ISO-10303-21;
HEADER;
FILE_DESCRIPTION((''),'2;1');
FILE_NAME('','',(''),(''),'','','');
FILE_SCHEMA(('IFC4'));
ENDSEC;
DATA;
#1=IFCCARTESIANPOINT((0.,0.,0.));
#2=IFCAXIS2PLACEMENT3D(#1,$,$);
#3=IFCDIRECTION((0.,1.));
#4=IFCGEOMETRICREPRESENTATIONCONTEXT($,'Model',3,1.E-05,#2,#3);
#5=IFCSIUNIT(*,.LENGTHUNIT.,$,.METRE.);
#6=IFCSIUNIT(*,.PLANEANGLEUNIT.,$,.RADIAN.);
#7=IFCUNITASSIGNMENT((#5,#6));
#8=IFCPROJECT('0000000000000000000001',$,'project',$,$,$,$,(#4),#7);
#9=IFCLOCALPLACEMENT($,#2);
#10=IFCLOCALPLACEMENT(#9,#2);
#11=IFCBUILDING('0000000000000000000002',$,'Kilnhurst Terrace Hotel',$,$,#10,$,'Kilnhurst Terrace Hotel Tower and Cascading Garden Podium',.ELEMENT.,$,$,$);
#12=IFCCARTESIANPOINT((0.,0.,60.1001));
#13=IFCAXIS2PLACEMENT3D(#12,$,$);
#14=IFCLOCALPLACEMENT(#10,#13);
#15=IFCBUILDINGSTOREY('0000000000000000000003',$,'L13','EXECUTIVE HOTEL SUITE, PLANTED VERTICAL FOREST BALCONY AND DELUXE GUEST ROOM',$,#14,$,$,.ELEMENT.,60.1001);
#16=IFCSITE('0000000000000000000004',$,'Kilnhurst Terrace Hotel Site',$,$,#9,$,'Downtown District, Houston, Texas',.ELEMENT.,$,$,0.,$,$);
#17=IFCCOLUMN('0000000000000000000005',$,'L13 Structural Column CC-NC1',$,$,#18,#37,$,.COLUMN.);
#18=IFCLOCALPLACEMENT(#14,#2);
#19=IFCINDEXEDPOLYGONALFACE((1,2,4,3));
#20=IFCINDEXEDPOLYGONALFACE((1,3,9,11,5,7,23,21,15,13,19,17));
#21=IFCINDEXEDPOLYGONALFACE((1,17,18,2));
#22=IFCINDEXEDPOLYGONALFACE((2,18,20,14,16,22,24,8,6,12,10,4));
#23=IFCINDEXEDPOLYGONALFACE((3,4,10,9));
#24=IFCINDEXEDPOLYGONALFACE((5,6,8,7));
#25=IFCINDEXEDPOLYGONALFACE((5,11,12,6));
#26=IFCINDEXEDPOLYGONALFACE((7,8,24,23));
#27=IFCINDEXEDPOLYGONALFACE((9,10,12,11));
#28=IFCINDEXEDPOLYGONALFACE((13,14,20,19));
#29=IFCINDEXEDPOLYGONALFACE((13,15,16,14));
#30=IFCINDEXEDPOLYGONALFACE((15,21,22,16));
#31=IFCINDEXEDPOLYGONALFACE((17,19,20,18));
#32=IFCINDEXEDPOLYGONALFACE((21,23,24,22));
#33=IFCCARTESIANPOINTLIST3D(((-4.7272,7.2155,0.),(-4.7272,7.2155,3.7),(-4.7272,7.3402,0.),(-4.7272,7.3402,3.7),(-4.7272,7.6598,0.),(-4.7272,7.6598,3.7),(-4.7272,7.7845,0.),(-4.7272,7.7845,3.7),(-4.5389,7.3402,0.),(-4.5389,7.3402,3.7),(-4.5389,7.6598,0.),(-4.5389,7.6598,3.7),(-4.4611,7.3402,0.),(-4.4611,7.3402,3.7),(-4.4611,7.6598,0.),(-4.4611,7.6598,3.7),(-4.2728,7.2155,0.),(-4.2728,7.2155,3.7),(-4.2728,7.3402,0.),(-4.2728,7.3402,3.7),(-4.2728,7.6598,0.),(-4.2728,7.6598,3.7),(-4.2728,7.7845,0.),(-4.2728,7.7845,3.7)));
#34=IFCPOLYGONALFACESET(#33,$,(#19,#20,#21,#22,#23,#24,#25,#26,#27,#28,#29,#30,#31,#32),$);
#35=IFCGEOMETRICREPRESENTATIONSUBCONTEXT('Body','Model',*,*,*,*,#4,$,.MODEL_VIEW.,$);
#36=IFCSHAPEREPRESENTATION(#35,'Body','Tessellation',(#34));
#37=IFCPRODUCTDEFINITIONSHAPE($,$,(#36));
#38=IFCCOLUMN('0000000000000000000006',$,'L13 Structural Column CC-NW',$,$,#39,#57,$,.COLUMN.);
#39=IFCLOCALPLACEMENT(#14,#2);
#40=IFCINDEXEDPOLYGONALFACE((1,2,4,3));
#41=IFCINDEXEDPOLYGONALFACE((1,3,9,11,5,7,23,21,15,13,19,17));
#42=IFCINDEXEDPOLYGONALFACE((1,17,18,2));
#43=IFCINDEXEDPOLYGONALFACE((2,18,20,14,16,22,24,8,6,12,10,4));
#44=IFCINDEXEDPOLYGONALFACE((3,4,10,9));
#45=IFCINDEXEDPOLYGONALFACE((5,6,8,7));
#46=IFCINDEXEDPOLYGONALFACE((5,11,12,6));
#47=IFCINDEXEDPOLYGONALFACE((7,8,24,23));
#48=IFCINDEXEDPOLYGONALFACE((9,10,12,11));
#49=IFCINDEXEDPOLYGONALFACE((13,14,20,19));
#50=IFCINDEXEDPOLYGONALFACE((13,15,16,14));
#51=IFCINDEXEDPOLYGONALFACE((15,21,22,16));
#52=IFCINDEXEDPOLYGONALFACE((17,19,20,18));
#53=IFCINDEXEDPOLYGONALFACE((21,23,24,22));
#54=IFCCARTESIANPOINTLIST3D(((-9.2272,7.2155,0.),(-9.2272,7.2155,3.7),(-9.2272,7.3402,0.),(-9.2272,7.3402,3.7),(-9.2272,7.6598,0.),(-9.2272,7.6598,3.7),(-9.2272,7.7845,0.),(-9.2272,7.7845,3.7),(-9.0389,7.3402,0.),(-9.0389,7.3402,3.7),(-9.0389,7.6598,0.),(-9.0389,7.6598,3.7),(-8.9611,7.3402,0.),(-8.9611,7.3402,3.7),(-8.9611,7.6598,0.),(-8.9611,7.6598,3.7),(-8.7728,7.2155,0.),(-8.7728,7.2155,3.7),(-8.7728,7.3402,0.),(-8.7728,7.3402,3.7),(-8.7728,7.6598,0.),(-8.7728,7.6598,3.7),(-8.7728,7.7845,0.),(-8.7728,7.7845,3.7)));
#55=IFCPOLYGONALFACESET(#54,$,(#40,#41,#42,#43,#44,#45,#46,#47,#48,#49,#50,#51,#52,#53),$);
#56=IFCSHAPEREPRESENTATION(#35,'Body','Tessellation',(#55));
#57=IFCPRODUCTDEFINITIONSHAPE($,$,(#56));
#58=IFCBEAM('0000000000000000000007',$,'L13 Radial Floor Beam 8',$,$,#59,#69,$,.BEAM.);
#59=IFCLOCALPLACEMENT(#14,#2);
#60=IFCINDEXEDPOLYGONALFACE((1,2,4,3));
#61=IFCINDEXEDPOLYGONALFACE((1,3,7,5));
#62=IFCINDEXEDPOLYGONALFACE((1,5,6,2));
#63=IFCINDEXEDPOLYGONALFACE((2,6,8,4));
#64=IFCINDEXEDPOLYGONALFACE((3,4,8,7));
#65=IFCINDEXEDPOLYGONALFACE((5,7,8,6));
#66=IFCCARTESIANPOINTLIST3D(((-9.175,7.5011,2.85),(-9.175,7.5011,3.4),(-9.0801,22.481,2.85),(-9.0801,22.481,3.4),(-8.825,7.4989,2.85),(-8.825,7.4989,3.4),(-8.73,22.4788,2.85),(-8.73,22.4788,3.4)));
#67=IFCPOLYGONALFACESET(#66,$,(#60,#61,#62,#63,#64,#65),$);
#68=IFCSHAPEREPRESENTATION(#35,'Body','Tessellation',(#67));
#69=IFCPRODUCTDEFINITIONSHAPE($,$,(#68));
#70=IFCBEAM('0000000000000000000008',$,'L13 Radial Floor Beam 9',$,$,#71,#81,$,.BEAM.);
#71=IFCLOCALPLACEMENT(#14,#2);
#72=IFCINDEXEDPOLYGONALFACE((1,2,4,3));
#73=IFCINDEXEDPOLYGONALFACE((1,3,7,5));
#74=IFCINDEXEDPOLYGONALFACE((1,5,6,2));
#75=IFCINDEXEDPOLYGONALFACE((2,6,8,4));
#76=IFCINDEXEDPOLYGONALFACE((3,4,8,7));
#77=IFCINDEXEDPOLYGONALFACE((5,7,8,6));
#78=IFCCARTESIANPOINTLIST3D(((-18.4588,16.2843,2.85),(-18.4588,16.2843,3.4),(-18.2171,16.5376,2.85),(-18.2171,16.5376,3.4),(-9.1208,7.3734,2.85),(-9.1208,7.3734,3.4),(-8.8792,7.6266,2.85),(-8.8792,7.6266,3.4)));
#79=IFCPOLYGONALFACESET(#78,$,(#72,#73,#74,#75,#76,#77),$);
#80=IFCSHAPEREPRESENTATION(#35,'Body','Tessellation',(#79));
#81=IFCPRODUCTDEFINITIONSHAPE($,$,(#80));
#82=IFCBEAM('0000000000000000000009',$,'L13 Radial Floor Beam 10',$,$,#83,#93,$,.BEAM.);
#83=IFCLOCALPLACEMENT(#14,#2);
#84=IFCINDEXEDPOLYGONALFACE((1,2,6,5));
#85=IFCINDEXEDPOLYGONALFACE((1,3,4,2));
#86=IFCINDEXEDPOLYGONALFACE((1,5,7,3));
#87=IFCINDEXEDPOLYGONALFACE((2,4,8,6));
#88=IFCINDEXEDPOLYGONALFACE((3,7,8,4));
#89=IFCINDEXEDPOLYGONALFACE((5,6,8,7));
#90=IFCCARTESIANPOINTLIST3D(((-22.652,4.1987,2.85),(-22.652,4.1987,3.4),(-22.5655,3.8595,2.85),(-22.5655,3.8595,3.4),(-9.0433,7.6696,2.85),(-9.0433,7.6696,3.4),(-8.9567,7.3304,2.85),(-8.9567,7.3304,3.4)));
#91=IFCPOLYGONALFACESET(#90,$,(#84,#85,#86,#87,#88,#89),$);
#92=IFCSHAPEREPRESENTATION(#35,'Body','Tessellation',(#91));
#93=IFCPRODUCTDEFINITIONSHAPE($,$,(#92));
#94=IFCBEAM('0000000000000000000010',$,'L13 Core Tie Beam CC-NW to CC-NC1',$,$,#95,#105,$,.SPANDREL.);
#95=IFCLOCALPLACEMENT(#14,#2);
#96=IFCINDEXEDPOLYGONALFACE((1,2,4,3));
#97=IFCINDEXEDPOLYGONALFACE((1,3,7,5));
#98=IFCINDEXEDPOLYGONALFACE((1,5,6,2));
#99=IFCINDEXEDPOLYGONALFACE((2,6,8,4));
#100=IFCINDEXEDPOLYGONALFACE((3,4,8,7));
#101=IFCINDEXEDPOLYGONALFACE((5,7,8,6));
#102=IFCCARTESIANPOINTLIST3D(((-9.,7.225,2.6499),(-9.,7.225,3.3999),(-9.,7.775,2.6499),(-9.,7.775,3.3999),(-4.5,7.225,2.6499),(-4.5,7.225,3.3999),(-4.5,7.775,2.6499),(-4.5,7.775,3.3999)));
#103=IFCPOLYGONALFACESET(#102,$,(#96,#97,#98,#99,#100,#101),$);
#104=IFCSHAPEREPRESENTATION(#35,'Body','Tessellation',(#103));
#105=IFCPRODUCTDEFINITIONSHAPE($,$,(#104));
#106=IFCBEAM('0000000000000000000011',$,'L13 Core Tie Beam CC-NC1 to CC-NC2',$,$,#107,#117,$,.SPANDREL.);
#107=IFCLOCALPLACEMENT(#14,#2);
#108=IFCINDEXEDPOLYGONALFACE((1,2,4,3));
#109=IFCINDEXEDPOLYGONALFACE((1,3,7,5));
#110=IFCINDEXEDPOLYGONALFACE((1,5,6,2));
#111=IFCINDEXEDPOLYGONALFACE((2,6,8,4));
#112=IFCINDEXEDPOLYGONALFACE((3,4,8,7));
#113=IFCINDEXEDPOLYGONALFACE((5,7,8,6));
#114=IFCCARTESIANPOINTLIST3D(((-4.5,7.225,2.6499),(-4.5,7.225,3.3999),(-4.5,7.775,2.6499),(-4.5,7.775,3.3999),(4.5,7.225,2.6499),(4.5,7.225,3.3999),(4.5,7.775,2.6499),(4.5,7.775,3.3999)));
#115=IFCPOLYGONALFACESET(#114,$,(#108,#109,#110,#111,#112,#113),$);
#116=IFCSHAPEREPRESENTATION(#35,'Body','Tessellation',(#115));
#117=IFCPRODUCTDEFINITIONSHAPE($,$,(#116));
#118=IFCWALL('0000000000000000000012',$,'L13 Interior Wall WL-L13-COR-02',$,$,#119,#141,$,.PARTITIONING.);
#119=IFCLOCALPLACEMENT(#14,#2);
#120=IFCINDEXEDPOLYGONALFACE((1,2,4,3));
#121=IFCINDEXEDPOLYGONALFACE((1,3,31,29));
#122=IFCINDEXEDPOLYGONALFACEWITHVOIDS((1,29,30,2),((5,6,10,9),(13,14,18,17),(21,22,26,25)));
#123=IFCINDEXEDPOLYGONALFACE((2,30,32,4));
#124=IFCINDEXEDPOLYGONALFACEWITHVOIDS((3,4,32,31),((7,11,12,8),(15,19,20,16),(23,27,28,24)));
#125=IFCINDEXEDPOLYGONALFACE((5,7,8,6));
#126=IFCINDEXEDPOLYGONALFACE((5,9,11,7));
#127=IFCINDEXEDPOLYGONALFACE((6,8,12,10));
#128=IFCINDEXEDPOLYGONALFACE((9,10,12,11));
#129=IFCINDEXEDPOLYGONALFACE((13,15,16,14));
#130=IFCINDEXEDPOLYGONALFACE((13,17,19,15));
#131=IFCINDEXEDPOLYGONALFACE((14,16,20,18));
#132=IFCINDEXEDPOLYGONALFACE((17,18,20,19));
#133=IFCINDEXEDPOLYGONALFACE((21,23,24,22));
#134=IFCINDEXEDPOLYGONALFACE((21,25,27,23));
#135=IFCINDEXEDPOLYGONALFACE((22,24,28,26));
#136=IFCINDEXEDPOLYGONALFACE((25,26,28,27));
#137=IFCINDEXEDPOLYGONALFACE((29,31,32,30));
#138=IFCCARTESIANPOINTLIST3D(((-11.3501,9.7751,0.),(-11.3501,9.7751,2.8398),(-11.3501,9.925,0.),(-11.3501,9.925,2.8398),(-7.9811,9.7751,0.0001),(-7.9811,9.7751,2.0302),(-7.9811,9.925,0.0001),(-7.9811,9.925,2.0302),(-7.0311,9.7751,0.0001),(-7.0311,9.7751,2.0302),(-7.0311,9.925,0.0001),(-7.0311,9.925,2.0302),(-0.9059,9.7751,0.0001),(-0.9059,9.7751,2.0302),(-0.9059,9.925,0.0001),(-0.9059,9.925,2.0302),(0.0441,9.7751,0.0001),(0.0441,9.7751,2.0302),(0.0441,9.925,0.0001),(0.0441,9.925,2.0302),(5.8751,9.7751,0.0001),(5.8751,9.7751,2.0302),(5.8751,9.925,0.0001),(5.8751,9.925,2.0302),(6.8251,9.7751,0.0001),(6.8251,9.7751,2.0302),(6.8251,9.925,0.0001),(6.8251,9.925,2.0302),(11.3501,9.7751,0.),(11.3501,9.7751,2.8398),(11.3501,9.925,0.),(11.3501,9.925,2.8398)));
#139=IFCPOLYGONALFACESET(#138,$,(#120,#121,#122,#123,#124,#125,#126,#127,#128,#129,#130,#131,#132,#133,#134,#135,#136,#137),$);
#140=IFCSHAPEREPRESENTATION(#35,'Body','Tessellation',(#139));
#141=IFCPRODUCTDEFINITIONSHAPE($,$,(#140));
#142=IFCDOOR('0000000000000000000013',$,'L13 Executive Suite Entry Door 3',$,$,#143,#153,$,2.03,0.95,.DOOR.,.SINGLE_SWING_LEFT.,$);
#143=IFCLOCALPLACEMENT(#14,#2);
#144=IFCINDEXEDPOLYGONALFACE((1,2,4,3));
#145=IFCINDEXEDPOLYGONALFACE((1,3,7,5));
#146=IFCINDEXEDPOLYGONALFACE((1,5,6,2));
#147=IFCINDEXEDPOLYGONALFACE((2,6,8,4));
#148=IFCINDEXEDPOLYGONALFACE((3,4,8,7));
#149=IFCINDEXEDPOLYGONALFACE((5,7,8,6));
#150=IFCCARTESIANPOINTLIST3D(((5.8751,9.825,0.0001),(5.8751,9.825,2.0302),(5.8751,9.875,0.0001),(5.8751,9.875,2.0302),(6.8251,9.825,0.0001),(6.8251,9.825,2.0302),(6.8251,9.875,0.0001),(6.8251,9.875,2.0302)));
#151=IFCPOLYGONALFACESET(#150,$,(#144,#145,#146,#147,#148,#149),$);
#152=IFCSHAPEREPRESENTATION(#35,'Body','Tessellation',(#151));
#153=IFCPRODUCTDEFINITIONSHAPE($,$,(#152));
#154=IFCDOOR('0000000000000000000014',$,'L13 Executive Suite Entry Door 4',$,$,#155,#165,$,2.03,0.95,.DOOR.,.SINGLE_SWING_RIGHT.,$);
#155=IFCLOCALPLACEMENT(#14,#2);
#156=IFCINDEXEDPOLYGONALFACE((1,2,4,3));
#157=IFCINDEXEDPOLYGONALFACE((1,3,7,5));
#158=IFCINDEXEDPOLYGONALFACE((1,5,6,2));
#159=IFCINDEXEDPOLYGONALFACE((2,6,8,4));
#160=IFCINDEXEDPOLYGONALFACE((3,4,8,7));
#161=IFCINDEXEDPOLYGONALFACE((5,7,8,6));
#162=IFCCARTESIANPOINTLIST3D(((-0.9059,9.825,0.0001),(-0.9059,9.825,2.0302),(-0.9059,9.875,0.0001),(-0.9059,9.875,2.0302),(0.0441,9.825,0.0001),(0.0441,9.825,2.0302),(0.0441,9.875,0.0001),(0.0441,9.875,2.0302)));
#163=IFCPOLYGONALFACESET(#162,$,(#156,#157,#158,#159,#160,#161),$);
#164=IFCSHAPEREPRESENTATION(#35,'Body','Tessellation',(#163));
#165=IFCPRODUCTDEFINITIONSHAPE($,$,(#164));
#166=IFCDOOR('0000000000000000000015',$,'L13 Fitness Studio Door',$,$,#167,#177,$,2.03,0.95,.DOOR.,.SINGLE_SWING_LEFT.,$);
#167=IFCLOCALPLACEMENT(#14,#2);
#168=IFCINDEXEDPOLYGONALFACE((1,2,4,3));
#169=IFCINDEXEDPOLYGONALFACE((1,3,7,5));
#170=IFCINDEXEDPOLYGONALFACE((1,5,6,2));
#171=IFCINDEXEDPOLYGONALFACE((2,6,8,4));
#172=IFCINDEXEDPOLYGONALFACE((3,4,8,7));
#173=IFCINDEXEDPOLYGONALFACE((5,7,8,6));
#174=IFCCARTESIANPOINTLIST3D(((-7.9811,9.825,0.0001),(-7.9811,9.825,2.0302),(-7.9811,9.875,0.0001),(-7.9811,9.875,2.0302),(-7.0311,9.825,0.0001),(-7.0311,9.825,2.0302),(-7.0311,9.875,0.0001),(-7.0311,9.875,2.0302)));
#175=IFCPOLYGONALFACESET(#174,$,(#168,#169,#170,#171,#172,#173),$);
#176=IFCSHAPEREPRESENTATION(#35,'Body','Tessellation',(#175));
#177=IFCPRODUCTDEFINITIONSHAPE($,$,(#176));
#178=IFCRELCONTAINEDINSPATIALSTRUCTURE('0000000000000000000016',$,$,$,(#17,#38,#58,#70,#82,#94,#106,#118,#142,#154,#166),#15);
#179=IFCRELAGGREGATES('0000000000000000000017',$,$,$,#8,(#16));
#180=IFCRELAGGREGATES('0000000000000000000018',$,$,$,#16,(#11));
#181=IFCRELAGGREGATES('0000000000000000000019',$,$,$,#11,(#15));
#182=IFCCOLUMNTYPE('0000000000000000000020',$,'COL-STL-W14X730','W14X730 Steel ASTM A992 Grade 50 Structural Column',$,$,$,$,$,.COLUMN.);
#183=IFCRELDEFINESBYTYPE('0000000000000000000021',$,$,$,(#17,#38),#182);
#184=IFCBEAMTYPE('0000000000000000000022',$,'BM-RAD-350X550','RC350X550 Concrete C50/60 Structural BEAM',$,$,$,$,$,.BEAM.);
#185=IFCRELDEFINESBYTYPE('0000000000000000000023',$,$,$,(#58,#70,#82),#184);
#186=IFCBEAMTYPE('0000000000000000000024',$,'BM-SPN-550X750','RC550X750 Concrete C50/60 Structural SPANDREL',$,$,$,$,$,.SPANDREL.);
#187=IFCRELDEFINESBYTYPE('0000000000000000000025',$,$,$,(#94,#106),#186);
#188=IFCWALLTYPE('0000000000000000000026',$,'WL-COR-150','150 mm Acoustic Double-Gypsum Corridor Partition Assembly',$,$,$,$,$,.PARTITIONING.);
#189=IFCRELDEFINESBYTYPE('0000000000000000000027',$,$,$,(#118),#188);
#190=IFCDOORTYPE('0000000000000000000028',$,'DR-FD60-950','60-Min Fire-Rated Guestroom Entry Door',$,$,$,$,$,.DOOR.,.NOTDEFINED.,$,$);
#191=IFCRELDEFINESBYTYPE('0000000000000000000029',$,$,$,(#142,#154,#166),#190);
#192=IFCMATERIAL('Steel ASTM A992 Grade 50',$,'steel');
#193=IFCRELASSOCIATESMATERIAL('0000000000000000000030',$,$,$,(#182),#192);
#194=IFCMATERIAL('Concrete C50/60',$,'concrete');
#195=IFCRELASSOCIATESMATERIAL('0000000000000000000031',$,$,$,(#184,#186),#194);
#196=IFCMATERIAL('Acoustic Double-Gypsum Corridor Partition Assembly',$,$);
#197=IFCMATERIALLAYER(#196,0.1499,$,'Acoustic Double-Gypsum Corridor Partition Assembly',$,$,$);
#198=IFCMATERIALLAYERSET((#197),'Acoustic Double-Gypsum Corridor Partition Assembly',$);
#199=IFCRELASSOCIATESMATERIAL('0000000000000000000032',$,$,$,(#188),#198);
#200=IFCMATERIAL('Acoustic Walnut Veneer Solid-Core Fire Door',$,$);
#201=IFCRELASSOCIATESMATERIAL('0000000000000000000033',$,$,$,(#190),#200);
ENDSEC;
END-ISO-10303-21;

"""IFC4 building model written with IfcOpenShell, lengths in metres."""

from ifc_helpers import new_model, si_unit, direction, frame, frame_2d, origin, origin_2d, place, context, subcontext, project, spatial, rectangle, i_section, extrude, material, layer, layer_set, material_profile, profile_set, type_object, element, fill, save


model = new_model("IFC4")

# Units and contexts
model_context = context("Model", 3, precision=1e-05, world=origin(), true_north=direction((0.0, 1.0)))
body_context = subcontext(model_context, "Body", "Model", "MODEL_VIEW")
ifc_project = project(units=[si_unit("LENGTHUNIT", "METRE"), si_unit("PLANEANGLEUNIT", "RADIAN")], contexts=[model_context])

# Site, building, storey
site_placement = place(None, origin())
site = spatial("IfcSite", under=ifc_project, at=site_placement, Name="Kilnhurst Terrace Hotel Site", LongName="Downtown District, Houston, Texas", CompositionType="ELEMENT", RefElevation=0.0)
building_placement = place(site_placement, origin())
building = spatial("IfcBuilding", under=site, at=building_placement, Name="Kilnhurst Terrace Hotel", LongName="Kilnhurst Terrace Hotel Tower and Cascading Garden Podium", CompositionType="ELEMENT")
storey_placement = place(building_placement, frame((0.0, 0.0, 60.1001)))
storey = spatial("IfcBuildingStorey", under=building, at=storey_placement, Name="L13", Description="EXECUTIVE HOTEL SUITE, PLANTED VERTICAL FOREST BALCONY AND DELUXE GUEST ROOM", CompositionType="ELEMENT", Elevation=60.1001)

# Columns
ifc_material_1 = material(Name="Steel ASTM A992 Grade 50", Category="steel")
ifc_material_profile_1 = material_profile(ifc_material_1, i_section(OverallWidth=0.4543, OverallDepth=0.5691, WebThickness=0.0779, FlangeThickness=0.1248, at=origin_2d()), Name="W14X730")
ifc_profile_set_1 = profile_set([ifc_material_profile_1], Name="Steel ASTM A992 Grade 50")
column_type = type_object("IfcColumnType", Name="COL-STL-W14X730", Description="W14X730 Steel ASTM A992 Grade 50 Structural Column", PredefinedType="COLUMN", material=ifc_profile_set_1)
for number, where, z_axis, x_axis, name in (
    (1, (-4.5, 7.5, 0.0), (0.0, 0.0, 1.0), (1.0, 0.0, 0.0), "L13 Structural Column CC-NC1"),
    (2, (-9.0, 7.5, 0.0), (0.0, 0.0, 1.0), (1.0, 0.0, 0.0), "L13 Structural Column CC-NW"),
):
    element("IfcColumn", number, at=place(storey_placement, frame(where, z_axis=z_axis, x_axis=x_axis)), inside=storey, type_object=column_type, Name=name, PredefinedType="COLUMN", context=body_context, shape_type="SweptSolid", body=[
        extrude(i_section(OverallWidth=0.4543, OverallDepth=0.5691, WebThickness=0.0779, FlangeThickness=0.1248, at=origin_2d()), origin(), (0.0, 0.0, 1.0), 3.7),
    ])

# Beams
ifc_material_2 = material(Name="Concrete C50/60", Category="concrete")
ifc_material_profile_2 = material_profile(ifc_material_2, rectangle(XDim=0.3501, YDim=0.55, at=origin_2d()), Name="RC350X550")
ifc_profile_set_2 = profile_set([ifc_material_profile_2], Name="Concrete C50/60")
beam_type_1 = type_object("IfcBeamType", Name="BM-RAD-350X550", Description="RC350X550 Concrete C50/60 Structural BEAM", PredefinedType="BEAM", material=ifc_profile_set_2)
beam_1_placement = place(storey_placement, frame((-9.0, 7.5, 3.125), z_axis=(0.00634, 0.99998, 0.0), x_axis=(-0.99998, 0.00634, 0.0)))
element("IfcBeam", 3, at=beam_1_placement, inside=storey, type_object=beam_type_1, Name="L13 Radial Floor Beam 8", PredefinedType="BEAM", context=body_context, shape_type="SweptSolid", body=[
    extrude(rectangle(XDim=0.3501, YDim=0.55, at=origin_2d()), origin(), (0.0, 0.0, 1.0), 14.9802),
])
beam_2_placement = place(storey_placement, frame((-9.0, 7.5, 3.125), z_axis=(-0.723454, 0.690372, 0.0), x_axis=(-0.690372, -0.723454, 0.0)))
element("IfcBeam", 4, at=beam_2_placement, inside=storey, type_object=beam_type_1, Name="L13 Radial Floor Beam 9", PredefinedType="BEAM", context=body_context, shape_type="SweptSolid", body=[
    extrude(rectangle(XDim=0.3501, YDim=0.55, at=origin_2d()), origin(), (0.0, 0.0, 1.0), 12.9075),
])
beam_3_placement = place(storey_placement, frame((-9.0, 7.5, 3.125), z_axis=(-0.96898, -0.247138, 0.0), x_axis=(0.247138, -0.96898, 0.0)))
element("IfcBeam", 5, at=beam_3_placement, inside=storey, type_object=beam_type_1, Name="L13 Radial Floor Beam 10", PredefinedType="BEAM", context=body_context, shape_type="SweptSolid", body=[
    extrude(rectangle(XDim=0.3501, YDim=0.55, at=origin_2d()), origin(), (0.0, 0.0, 1.0), 14.0444),
])
ifc_material_profile_3 = material_profile(ifc_material_2, rectangle(XDim=0.55, YDim=0.75, at=origin_2d()), Name="RC550X750")
ifc_profile_set_3 = profile_set([ifc_material_profile_3], Name="Concrete C50/60")
beam_type_2 = type_object("IfcBeamType", Name="BM-SPN-550X750", Description="RC550X750 Concrete C50/60 Structural SPANDREL", PredefinedType="SPANDREL", material=ifc_profile_set_3)
beam_4_placement = place(storey_placement, frame((-9.0, 7.5, 3.0249), z_axis=(1.0, 0.0, 0.0), x_axis=(0.0, 1.0, 0.0)))
element("IfcBeam", 6, at=beam_4_placement, inside=storey, type_object=beam_type_2, Name="L13 Core Tie Beam CC-NW to CC-NC1", PredefinedType="SPANDREL", context=body_context, shape_type="SweptSolid", body=[
    extrude(rectangle(XDim=0.55, YDim=0.75, at=origin_2d()), origin(), (0.0, 0.0, 1.0), 4.5),
])
beam_5_placement = place(storey_placement, frame((-4.5, 7.5, 3.0249), z_axis=(1.0, 0.0, 0.0), x_axis=(0.0, 1.0, 0.0)))
element("IfcBeam", 7, at=beam_5_placement, inside=storey, type_object=beam_type_2, Name="L13 Core Tie Beam CC-NC1 to CC-NC2", PredefinedType="SPANDREL", context=body_context, shape_type="SweptSolid", body=[
    extrude(rectangle(XDim=0.55, YDim=0.75, at=origin_2d()), origin(), (0.0, 0.0, 1.0), 9.0),
])

# Wall, openings, doors
ifc_material_3 = material(Name="Acoustic Double-Gypsum Corridor Partition Assembly")
ifc_layer_1 = layer(ifc_material_3, 0.1499, Name="Acoustic Double-Gypsum Corridor Partition Assembly")
ifc_layer_set_1 = layer_set([ifc_layer_1], Name="Acoustic Double-Gypsum Corridor Partition Assembly")
wall_type_1 = type_object("IfcWallType", Name="WL-COR-150", Description="150 mm Acoustic Double-Gypsum Corridor Partition Assembly", PredefinedType="PARTITIONING", material=ifc_layer_set_1)
wall_1_placement = place(storey_placement, frame((-11.3501, 9.8501, 0.0), z_axis=(0.0, 0.0, 1.0), x_axis=(1.0, 0.0, 0.0)))
wall_1 = element("IfcWall", 8, at=wall_1_placement, inside=storey, type_object=wall_type_1, Name="L13 Interior Wall WL-L13-COR-02", PredefinedType="PARTITIONING", context=body_context, shape_type="SweptSolid", body=[
    extrude(rectangle(XDim=22.7002, YDim=0.1499, at=frame_2d((11.3501, 0.0))), origin(), (0.0, 0.0, 1.0), 2.8398),
])
opening_1_placement = place(wall_1_placement, frame((17.2251, 0.0, 0.0)))
opening_1 = element("IfcOpeningElement", 9, at=opening_1_placement, cuts=wall_1, PredefinedType="OPENING", context=body_context, shape_type="SweptSolid", body=[
    extrude(rectangle(XDim=0.95, YDim=2.03, at=frame_2d((0.4751, 1.0151))), frame((0.0, 0.085, 0.0), z_axis=(0.0, -1.0, 0.0), x_axis=(1.0, 0.0, 0.0)), (0.0, 0.0, 1.0), 0.1699),
])
opening_2_placement = place(wall_1_placement, frame((10.4441, 0.0, 0.0)))
opening_2 = element("IfcOpeningElement", 10, at=opening_2_placement, cuts=wall_1, PredefinedType="OPENING", context=body_context, shape_type="SweptSolid", body=[
    extrude(rectangle(XDim=0.95, YDim=2.03, at=frame_2d((0.4751, 1.0151))), frame((0.0, 0.085, 0.0), z_axis=(0.0, -1.0, 0.0), x_axis=(1.0, 0.0, 0.0)), (0.0, 0.0, 1.0), 0.1699),
])
opening_3_placement = place(wall_1_placement, frame((3.3689, 0.0, 0.0)))
opening_3 = element("IfcOpeningElement", 11, at=opening_3_placement, cuts=wall_1, PredefinedType="OPENING", context=body_context, shape_type="SweptSolid", body=[
    extrude(rectangle(XDim=0.95, YDim=2.03, at=frame_2d((0.4751, 1.0151))), frame((0.0, 0.085, 0.0), z_axis=(0.0, -1.0, 0.0), x_axis=(1.0, 0.0, 0.0)), (0.0, 0.0, 1.0), 0.1699),
])
ifc_material_4 = material(Name="Acoustic Walnut Veneer Solid-Core Fire Door")
door_type_1 = type_object("IfcDoorType", Name="DR-FD60-950", Description="60-Min Fire-Rated Guestroom Entry Door", OperationType="NOTDEFINED", PredefinedType="DOOR", material=ifc_material_4)
door_1_placement = place(opening_1_placement, origin())
door_1 = element("IfcDoor", 12, at=door_1_placement, inside=storey, type_object=door_type_1, Name="L13 Executive Suite Entry Door 3", OperationType="SINGLE_SWING_LEFT", OverallHeight=2.03, OverallWidth=0.95, PredefinedType="DOOR", context=body_context, shape_type="SweptSolid", body=[
    extrude(rectangle(XDim=0.95, YDim=2.03, at=frame_2d((0.4751, 1.0151))), frame((0.0, 0.0249, 0.0), z_axis=(0.0, -1.0, 0.0), x_axis=(1.0, 0.0, 0.0)), (0.0, 0.0, 1.0), 0.05),
])
fill(opening_1, door_1)
door_2_placement = place(opening_2_placement, origin())
door_2 = element("IfcDoor", 13, at=door_2_placement, inside=storey, type_object=door_type_1, Name="L13 Executive Suite Entry Door 4", OperationType="SINGLE_SWING_RIGHT", OverallHeight=2.03, OverallWidth=0.95, PredefinedType="DOOR", context=body_context, shape_type="SweptSolid", body=[
    extrude(rectangle(XDim=0.95, YDim=2.03, at=frame_2d((0.4751, 1.0151))), frame((0.0, 0.0249, 0.0), z_axis=(0.0, -1.0, 0.0), x_axis=(1.0, 0.0, 0.0)), (0.0, 0.0, 1.0), 0.05),
])
fill(opening_2, door_2)
door_3_placement = place(opening_3_placement, origin())
door_3 = element("IfcDoor", 14, at=door_3_placement, inside=storey, type_object=door_type_1, Name="L13 Fitness Studio Door", OperationType="SINGLE_SWING_LEFT", OverallHeight=2.03, OverallWidth=0.95, PredefinedType="DOOR", context=body_context, shape_type="SweptSolid", body=[
    extrude(rectangle(XDim=0.95, YDim=2.03, at=frame_2d((0.4751, 1.0151))), frame((0.0, 0.0249, 0.0), z_axis=(0.0, -1.0, 0.0), x_axis=(1.0, 0.0, 0.0)), (0.0, 0.0, 1.0), 0.05),
])
fill(opening_3, door_3)

save(model, "model.ifc")
